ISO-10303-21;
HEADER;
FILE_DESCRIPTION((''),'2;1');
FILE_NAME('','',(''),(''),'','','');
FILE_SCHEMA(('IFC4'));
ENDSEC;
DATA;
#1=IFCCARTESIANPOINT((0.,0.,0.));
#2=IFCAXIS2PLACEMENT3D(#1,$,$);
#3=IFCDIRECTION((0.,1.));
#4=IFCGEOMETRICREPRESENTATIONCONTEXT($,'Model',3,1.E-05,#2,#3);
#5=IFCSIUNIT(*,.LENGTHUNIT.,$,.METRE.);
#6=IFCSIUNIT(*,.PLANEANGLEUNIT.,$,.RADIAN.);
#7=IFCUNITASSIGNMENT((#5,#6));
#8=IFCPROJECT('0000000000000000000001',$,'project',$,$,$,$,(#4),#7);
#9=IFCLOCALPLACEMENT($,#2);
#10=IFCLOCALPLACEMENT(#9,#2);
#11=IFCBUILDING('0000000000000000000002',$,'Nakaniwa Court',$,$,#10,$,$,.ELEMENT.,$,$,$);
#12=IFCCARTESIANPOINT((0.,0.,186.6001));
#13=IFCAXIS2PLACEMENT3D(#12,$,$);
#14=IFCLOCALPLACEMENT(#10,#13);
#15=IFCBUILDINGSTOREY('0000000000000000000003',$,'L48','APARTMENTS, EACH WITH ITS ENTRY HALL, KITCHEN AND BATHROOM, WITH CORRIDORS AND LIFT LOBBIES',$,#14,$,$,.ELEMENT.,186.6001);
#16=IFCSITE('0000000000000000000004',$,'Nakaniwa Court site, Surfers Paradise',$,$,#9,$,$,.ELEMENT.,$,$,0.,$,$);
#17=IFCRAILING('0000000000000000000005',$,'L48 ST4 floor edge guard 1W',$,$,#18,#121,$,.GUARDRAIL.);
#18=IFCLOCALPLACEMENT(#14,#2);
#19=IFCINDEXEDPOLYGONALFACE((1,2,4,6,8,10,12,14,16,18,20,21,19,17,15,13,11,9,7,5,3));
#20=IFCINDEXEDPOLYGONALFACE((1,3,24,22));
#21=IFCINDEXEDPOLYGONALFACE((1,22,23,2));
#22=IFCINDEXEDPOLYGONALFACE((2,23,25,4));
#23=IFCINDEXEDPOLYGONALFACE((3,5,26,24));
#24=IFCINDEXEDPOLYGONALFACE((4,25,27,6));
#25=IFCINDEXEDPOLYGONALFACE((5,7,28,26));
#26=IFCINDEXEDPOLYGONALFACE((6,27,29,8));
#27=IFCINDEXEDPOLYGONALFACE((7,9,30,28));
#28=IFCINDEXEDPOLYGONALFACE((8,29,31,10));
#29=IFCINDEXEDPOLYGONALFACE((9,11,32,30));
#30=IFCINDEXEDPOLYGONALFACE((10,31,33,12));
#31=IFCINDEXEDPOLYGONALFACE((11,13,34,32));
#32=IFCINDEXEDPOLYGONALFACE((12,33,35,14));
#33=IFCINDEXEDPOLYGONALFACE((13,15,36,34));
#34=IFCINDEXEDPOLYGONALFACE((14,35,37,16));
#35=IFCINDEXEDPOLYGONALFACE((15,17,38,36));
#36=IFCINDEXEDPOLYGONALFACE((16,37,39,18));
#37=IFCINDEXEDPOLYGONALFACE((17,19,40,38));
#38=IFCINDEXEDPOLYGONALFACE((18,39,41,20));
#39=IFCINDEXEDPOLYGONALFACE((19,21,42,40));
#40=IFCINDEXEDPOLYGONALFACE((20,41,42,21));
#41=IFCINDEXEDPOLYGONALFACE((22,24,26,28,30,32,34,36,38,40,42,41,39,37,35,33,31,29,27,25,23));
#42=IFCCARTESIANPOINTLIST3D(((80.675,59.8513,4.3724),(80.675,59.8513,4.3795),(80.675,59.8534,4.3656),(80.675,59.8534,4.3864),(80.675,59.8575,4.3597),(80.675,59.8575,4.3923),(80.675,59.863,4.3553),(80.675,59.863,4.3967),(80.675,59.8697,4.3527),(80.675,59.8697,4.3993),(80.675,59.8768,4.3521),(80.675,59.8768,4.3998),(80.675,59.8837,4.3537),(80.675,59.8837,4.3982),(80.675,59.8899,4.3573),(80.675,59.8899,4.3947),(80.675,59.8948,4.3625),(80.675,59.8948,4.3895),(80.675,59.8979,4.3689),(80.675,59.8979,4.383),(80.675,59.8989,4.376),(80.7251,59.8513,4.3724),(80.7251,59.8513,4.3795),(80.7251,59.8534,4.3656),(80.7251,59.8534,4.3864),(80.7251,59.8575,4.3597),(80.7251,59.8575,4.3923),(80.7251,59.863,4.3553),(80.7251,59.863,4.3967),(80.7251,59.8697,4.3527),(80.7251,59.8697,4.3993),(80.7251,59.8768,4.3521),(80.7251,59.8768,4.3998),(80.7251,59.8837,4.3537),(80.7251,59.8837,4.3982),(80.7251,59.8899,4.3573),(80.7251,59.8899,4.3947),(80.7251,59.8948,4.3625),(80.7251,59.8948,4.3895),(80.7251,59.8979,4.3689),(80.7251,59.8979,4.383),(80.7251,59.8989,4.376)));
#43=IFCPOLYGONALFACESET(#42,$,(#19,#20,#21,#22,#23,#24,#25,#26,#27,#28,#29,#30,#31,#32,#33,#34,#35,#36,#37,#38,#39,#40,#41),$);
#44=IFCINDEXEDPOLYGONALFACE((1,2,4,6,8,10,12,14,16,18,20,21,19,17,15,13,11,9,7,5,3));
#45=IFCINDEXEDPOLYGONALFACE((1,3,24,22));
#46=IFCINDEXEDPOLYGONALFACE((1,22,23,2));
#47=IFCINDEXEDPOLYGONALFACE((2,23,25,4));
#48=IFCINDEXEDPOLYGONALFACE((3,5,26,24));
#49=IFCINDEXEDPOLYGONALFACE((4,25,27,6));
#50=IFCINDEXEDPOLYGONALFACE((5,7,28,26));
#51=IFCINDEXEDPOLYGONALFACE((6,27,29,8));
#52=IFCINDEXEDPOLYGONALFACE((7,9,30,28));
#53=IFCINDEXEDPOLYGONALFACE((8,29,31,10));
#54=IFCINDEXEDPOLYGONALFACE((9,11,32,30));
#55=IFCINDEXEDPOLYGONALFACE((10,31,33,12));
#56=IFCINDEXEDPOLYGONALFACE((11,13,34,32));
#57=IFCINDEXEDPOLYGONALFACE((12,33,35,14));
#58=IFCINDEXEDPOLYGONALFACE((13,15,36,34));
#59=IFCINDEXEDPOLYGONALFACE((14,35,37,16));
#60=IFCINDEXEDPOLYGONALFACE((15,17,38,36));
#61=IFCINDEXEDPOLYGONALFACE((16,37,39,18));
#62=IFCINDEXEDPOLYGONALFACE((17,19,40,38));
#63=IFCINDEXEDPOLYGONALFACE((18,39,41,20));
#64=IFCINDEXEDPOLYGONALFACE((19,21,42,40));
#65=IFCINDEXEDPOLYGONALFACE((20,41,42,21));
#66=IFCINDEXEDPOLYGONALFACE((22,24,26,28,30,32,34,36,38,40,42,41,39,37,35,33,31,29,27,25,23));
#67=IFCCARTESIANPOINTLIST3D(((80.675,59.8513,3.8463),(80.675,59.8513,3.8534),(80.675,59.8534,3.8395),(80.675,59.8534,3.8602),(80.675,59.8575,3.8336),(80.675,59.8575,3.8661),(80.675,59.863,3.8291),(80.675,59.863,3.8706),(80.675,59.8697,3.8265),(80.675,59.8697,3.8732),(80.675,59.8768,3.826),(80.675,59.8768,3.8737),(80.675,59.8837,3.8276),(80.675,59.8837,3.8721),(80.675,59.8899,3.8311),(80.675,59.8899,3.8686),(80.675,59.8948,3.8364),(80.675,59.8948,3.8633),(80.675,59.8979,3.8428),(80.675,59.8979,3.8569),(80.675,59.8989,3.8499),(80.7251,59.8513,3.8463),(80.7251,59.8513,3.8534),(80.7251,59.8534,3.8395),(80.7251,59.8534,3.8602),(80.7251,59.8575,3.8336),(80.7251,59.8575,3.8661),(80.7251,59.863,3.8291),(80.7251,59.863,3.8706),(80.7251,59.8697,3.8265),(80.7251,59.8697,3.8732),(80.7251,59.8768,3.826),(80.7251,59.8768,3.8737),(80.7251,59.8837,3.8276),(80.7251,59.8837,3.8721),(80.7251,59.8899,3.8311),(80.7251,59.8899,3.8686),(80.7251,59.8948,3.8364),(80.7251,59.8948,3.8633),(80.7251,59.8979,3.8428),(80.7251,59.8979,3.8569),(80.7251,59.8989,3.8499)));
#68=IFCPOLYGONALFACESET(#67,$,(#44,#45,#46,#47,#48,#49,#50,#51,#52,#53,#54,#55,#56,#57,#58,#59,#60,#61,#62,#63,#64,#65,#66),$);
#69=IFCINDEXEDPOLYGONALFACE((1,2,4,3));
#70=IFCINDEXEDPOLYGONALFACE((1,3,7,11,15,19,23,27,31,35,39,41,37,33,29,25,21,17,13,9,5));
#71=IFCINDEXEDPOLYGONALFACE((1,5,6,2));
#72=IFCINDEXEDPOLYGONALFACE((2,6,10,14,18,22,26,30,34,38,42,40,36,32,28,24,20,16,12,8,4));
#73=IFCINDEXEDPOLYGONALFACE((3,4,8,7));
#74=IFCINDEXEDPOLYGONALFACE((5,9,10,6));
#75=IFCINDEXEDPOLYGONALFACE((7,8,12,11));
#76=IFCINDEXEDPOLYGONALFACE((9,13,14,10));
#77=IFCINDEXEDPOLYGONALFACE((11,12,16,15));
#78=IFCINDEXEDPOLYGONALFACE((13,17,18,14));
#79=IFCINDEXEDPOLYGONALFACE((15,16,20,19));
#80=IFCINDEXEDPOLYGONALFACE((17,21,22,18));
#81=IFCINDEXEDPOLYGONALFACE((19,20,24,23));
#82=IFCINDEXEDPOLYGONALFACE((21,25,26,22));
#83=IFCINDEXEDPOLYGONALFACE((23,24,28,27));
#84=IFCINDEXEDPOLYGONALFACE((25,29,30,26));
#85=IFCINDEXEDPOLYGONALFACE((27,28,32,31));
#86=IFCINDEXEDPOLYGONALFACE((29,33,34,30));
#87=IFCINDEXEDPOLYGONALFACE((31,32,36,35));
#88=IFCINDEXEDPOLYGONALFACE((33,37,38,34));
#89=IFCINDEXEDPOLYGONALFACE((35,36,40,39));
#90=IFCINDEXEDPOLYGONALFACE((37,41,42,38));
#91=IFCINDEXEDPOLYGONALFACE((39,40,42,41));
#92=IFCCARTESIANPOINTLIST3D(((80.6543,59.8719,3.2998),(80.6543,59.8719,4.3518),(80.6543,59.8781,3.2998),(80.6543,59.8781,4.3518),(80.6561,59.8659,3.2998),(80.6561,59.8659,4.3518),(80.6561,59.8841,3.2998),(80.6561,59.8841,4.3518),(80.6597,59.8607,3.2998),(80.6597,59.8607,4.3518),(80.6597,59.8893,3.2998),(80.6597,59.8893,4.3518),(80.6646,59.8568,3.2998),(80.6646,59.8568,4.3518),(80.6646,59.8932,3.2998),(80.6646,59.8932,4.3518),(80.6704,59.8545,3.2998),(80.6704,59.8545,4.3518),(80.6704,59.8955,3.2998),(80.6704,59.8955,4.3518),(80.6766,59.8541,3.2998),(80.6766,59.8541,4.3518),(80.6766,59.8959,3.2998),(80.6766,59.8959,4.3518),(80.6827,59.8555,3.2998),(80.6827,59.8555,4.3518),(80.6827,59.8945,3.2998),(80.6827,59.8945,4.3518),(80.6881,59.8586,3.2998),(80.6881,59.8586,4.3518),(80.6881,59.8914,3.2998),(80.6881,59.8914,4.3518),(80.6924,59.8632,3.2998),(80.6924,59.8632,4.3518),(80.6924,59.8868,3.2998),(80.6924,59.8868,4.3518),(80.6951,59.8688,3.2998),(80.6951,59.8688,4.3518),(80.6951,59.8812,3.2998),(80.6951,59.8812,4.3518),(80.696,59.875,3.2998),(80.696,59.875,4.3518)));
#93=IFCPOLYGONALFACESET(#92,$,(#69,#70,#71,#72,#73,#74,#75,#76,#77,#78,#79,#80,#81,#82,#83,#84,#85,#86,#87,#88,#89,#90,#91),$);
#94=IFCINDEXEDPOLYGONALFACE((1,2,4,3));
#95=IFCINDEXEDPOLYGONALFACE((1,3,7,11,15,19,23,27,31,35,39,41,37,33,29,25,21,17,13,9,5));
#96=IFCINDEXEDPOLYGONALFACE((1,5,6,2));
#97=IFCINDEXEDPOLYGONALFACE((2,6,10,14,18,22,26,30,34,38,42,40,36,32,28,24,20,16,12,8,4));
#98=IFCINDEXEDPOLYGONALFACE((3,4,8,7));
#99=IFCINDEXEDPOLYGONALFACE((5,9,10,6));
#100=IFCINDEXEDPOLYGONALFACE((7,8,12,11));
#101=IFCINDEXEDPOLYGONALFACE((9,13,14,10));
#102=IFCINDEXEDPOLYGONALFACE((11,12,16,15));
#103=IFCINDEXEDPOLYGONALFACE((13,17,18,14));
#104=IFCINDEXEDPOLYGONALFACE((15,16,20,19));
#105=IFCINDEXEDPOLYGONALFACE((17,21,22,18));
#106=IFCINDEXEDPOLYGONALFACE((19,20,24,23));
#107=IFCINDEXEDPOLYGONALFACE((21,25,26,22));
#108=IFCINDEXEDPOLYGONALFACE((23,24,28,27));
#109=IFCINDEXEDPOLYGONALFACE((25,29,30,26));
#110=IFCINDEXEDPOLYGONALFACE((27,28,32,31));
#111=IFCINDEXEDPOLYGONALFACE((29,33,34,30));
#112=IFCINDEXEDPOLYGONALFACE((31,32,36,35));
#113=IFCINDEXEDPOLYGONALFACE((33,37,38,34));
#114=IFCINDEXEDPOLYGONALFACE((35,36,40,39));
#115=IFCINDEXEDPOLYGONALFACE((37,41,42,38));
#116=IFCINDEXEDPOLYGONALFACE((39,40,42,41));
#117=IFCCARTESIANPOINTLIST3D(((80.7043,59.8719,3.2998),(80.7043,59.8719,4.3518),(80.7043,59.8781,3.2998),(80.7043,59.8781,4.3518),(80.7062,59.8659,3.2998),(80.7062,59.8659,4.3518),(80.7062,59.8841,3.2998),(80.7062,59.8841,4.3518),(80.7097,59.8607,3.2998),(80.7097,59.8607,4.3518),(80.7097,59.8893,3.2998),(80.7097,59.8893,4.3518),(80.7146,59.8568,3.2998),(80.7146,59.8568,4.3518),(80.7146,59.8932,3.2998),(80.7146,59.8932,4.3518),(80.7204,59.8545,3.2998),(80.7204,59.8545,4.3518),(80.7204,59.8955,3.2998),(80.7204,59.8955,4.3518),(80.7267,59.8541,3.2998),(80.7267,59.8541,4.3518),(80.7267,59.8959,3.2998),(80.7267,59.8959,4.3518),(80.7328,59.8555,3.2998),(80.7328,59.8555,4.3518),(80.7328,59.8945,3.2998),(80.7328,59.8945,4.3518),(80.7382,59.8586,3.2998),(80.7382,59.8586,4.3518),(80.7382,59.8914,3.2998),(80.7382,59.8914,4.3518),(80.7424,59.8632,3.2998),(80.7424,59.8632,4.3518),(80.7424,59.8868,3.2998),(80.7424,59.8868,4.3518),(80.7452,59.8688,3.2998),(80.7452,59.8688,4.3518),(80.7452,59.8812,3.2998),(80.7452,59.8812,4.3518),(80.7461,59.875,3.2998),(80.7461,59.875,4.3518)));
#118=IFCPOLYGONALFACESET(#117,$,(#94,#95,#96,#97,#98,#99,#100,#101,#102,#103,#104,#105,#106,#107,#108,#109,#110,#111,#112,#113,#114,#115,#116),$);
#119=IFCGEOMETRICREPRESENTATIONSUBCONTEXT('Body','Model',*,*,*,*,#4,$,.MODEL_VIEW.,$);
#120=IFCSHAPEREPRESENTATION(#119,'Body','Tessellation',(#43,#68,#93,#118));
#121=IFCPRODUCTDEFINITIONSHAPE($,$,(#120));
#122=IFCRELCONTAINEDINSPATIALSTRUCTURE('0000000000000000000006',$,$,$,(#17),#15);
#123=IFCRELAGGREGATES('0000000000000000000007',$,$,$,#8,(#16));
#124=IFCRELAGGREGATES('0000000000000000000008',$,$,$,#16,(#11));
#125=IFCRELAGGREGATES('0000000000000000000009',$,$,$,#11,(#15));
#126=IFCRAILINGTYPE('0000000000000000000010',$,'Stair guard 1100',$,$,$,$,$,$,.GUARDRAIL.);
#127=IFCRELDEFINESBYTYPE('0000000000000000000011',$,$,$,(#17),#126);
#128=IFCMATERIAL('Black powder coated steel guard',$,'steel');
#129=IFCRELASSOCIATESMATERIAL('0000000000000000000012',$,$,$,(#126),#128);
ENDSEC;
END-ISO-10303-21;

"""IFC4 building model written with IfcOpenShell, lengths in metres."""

from ifc_helpers import new_model, si_unit, direction, frame, origin, origin_2d, place, context, subcontext, project, spatial, circle, extrude, material, type_object, element, save


model = new_model("IFC4")

# Units and contexts
model_context = context("Model", 3, precision=1e-05, world=origin(), true_north=direction((0.0, 1.0)))
body_context = subcontext(model_context, "Body", "Model", "MODEL_VIEW")
ifc_project = project(units=[si_unit("LENGTHUNIT", "METRE"), si_unit("PLANEANGLEUNIT", "RADIAN")], contexts=[model_context])

# Site, building, storey
site_placement = place(None, origin())
site = spatial("IfcSite", under=ifc_project, at=site_placement, Name="Nakaniwa Court site, Surfers Paradise", CompositionType="ELEMENT", RefElevation=0.0)
building_placement = place(site_placement, origin())
building = spatial("IfcBuilding", under=site, at=building_placement, Name="Nakaniwa Court", CompositionType="ELEMENT")
storey_placement = place(building_placement, frame((0.0, 0.0, 186.6001)))
storey = spatial("IfcBuildingStorey", under=building, at=storey_placement, Name="L48", Description="APARTMENTS, EACH WITH ITS ENTRY HALL, KITCHEN AND BATHROOM, WITH CORRIDORS AND LIFT LOBBIES", CompositionType="ELEMENT", Elevation=186.6001)

# Railing
ifc_material_1 = material(Name="Black powder coated steel guard", Category="steel")
railing_type_1 = type_object("IfcRailingType", Name="Stair guard 1100", PredefinedType="GUARDRAIL", material=ifc_material_1)
for number, where, name in (
    (1, (80.675, 59.875, 3.2998), "L48 ST4 floor edge guard 1W"),
):
    element("IfcRailing", number, at=place(storey_placement, frame(where)), inside=storey, type_object=railing_type_1, Name=name, PredefinedType="GUARDRAIL", context=body_context, shape_type="SweptSolid", body=[
        extrude(circle(Radius=0.0239, at=origin_2d()), frame((0.0, 0.0, 1.0762), z_axis=(1.0, 0.0, 0.0), x_axis=(0.0, 1.0, 0.0)), (0.0, 0.0, 1.0), 0.05),
        extrude(circle(Radius=0.0239, at=origin_2d()), frame((0.0, 0.0, 0.55), z_axis=(1.0, 0.0, 0.0), x_axis=(0.0, 1.0, 0.0)), (0.0, 0.0, 1.0), 0.05),
        extrude(circle(Radius=0.021, at=origin_2d()), origin(), (0.0, 0.0, 1.0), 1.052),
        extrude(circle(Radius=0.021, at=origin_2d()), frame((0.05, 0.0, 0.0)), (0.0, 0.0, 1.0), 1.052),
    ])

save(model, "model.ifc")
